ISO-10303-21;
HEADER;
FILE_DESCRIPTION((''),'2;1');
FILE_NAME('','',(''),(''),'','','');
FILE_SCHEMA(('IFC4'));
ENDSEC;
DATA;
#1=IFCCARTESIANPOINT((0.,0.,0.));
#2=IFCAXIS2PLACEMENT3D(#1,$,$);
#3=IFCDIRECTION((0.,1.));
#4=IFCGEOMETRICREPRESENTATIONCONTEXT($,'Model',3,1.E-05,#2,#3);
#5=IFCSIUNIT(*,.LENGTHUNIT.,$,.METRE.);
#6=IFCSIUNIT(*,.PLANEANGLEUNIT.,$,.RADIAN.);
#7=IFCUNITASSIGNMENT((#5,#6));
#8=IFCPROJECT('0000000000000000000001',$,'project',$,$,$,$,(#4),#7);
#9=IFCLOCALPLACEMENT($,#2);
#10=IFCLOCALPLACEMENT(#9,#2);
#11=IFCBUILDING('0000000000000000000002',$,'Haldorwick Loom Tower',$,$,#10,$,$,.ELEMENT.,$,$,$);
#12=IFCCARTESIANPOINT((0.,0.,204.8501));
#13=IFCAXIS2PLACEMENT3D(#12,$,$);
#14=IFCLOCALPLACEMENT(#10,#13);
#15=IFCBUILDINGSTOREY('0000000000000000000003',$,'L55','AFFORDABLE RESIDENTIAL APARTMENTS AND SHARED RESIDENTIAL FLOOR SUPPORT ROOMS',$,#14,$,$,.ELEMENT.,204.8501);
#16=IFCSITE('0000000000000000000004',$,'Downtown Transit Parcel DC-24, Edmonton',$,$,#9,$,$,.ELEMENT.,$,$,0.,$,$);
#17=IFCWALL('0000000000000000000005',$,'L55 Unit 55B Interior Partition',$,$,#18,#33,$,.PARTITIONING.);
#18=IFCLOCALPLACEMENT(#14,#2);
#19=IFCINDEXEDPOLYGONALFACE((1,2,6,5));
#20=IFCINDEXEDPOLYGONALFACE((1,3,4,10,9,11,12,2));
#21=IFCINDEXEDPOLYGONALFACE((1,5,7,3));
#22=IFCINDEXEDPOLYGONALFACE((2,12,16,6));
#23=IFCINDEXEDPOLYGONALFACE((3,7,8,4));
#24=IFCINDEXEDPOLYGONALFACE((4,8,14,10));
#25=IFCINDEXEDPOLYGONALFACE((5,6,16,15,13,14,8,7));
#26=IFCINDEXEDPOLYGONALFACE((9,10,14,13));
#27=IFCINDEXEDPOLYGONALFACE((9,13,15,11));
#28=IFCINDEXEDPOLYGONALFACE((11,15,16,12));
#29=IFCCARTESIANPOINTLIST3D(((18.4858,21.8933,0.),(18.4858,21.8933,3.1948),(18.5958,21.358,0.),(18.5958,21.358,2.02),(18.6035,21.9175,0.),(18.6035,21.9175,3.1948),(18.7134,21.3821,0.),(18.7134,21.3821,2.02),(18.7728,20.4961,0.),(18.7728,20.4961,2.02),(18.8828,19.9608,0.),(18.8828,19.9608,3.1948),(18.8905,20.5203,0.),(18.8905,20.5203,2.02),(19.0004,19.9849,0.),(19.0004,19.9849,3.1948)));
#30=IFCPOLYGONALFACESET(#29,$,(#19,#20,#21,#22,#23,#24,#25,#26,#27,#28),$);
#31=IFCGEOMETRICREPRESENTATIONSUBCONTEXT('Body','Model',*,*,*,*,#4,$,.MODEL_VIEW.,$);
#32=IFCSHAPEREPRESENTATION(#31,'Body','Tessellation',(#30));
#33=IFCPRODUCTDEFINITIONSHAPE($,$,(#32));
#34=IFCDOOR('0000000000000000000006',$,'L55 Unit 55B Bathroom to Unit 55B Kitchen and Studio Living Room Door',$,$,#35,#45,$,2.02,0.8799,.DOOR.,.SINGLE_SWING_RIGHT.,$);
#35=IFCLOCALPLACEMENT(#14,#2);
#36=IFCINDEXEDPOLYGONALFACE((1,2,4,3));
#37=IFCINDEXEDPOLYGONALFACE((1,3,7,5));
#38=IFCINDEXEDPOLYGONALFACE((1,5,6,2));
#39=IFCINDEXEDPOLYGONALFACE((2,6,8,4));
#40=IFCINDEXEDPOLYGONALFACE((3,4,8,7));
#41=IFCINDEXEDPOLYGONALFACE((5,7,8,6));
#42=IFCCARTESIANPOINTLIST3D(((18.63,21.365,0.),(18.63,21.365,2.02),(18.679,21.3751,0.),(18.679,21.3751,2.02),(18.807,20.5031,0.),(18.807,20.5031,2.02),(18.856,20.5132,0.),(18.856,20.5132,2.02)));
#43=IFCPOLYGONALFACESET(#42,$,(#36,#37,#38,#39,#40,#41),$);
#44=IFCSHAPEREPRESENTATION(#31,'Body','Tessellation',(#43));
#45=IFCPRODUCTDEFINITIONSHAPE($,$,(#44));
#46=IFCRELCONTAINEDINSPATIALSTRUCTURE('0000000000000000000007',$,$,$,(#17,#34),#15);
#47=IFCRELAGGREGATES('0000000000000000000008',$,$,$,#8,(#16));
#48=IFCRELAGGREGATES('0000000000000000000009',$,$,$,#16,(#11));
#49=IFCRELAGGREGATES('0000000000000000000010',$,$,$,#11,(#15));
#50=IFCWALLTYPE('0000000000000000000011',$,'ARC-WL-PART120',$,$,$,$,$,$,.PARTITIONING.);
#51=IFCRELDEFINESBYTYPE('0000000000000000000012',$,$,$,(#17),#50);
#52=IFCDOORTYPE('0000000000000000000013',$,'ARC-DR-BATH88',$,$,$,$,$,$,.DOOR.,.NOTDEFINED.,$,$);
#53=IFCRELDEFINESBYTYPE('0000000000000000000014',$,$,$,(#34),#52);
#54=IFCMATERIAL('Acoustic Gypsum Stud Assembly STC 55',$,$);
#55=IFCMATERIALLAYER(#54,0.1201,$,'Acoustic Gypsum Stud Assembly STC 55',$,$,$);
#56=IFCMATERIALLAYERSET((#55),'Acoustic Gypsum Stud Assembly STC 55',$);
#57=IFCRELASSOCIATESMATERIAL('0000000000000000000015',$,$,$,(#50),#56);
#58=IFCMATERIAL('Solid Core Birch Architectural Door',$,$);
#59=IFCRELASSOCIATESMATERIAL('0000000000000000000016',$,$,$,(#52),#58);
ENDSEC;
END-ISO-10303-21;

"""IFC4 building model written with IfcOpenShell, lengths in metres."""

from ifc_helpers import new_model, si_unit, direction, frame, frame_2d, origin, place, context, subcontext, project, spatial, rectangle, extrude, material, layer, layer_set, type_object, element, fill, save


model = new_model("IFC4")

# Units and contexts
model_context = context("Model", 3, precision=1e-05, world=origin(), true_north=direction((0.0, 1.0)))
body_context = subcontext(model_context, "Body", "Model", "MODEL_VIEW")
ifc_project = project(units=[si_unit("LENGTHUNIT", "METRE"), si_unit("PLANEANGLEUNIT", "RADIAN")], contexts=[model_context])

# Site, building, storey
site_placement = place(None, origin())
site = spatial("IfcSite", under=ifc_project, at=site_placement, Name="Downtown Transit Parcel DC-24, Edmonton", CompositionType="ELEMENT", RefElevation=0.0)
building_placement = place(site_placement, origin())
building = spatial("IfcBuilding", under=site, at=building_placement, Name="Haldorwick Loom Tower", CompositionType="ELEMENT")
storey_placement = place(building_placement, frame((0.0, 0.0, 204.8501)))
storey = spatial("IfcBuildingStorey", under=building, at=storey_placement, Name="L55", Description="AFFORDABLE RESIDENTIAL APARTMENTS AND SHARED RESIDENTIAL FLOOR SUPPORT ROOMS", CompositionType="ELEMENT", Elevation=204.8501)

# Shared definitions
ifc_material_1 = material(Name="Solid Core Birch Architectural Door")

# Wall, opening, door
ifc_material_2 = material(Name="Acoustic Gypsum Stud Assembly STC 55")
ifc_layer_1 = layer(ifc_material_2, 0.1201, Name="Acoustic Gypsum Stud Assembly STC 55")
ifc_layer_set_1 = layer_set([ifc_layer_1], Name="Acoustic Gypsum Stud Assembly STC 55")
wall_type_1 = type_object("IfcWallType", Name="ARC-WL-PART120", PredefinedType="PARTITIONING", material=ifc_layer_set_1)
wall_1_placement = place(storey_placement, frame((18.5447, 21.9053, 0.0), z_axis=(0.0, 0.0, 1.0), x_axis=(0.201206, -0.979549, 0.0)))
wall_1 = element("IfcWall", 1, at=wall_1_placement, inside=storey, type_object=wall_type_1, Name="L55 Unit 55B Interior Partition", PredefinedType="PARTITIONING", context=body_context, shape_type="SweptSolid", body=[
    extrude(rectangle(XDim=1.9729, YDim=0.1201, at=frame_2d((0.9863, 0.0))), origin(), (0.0, 0.0, 1.0), 3.1948),
])
opening_1_placement = place(wall_1_placement, frame((0.5464, 0.0, 0.0)))
opening_1 = element("IfcOpeningElement", 2, at=opening_1_placement, cuts=wall_1, PredefinedType="OPENING", context=body_context, shape_type="SweptSolid", body=[
    extrude(rectangle(XDim=0.8799, YDim=2.02, at=frame_2d((0.4399, 1.01))), frame((0.0, 0.0701, 0.0), z_axis=(0.0, -1.0, 0.0), x_axis=(1.0, 0.0, 0.0)), (0.0, 0.0, 1.0), 0.1401),
])
door_type_1 = type_object("IfcDoorType", Name="ARC-DR-BATH88", OperationType="NOTDEFINED", PredefinedType="DOOR", material=ifc_material_1)
door_1_placement = place(opening_1_placement, origin())
door_1 = element("IfcDoor", 3, at=door_1_placement, inside=storey, type_object=door_type_1, Name="L55 Unit 55B Bathroom to Unit 55B Kitchen and Studio Living Room Door", OperationType="SINGLE_SWING_RIGHT", OverallHeight=2.02, OverallWidth=0.8799, PredefinedType="DOOR", context=body_context, shape_type="SweptSolid", body=[
    extrude(rectangle(XDim=0.8799, YDim=2.02, at=frame_2d((0.4399, 1.01))), frame((0.0, 0.0249, 0.0), z_axis=(0.0, -1.0, 0.0), x_axis=(1.0, 0.0, 0.0)), (0.0, 0.0, 1.0), 0.05),
])
fill(opening_1, door_1)

save(model, "model.ifc")
